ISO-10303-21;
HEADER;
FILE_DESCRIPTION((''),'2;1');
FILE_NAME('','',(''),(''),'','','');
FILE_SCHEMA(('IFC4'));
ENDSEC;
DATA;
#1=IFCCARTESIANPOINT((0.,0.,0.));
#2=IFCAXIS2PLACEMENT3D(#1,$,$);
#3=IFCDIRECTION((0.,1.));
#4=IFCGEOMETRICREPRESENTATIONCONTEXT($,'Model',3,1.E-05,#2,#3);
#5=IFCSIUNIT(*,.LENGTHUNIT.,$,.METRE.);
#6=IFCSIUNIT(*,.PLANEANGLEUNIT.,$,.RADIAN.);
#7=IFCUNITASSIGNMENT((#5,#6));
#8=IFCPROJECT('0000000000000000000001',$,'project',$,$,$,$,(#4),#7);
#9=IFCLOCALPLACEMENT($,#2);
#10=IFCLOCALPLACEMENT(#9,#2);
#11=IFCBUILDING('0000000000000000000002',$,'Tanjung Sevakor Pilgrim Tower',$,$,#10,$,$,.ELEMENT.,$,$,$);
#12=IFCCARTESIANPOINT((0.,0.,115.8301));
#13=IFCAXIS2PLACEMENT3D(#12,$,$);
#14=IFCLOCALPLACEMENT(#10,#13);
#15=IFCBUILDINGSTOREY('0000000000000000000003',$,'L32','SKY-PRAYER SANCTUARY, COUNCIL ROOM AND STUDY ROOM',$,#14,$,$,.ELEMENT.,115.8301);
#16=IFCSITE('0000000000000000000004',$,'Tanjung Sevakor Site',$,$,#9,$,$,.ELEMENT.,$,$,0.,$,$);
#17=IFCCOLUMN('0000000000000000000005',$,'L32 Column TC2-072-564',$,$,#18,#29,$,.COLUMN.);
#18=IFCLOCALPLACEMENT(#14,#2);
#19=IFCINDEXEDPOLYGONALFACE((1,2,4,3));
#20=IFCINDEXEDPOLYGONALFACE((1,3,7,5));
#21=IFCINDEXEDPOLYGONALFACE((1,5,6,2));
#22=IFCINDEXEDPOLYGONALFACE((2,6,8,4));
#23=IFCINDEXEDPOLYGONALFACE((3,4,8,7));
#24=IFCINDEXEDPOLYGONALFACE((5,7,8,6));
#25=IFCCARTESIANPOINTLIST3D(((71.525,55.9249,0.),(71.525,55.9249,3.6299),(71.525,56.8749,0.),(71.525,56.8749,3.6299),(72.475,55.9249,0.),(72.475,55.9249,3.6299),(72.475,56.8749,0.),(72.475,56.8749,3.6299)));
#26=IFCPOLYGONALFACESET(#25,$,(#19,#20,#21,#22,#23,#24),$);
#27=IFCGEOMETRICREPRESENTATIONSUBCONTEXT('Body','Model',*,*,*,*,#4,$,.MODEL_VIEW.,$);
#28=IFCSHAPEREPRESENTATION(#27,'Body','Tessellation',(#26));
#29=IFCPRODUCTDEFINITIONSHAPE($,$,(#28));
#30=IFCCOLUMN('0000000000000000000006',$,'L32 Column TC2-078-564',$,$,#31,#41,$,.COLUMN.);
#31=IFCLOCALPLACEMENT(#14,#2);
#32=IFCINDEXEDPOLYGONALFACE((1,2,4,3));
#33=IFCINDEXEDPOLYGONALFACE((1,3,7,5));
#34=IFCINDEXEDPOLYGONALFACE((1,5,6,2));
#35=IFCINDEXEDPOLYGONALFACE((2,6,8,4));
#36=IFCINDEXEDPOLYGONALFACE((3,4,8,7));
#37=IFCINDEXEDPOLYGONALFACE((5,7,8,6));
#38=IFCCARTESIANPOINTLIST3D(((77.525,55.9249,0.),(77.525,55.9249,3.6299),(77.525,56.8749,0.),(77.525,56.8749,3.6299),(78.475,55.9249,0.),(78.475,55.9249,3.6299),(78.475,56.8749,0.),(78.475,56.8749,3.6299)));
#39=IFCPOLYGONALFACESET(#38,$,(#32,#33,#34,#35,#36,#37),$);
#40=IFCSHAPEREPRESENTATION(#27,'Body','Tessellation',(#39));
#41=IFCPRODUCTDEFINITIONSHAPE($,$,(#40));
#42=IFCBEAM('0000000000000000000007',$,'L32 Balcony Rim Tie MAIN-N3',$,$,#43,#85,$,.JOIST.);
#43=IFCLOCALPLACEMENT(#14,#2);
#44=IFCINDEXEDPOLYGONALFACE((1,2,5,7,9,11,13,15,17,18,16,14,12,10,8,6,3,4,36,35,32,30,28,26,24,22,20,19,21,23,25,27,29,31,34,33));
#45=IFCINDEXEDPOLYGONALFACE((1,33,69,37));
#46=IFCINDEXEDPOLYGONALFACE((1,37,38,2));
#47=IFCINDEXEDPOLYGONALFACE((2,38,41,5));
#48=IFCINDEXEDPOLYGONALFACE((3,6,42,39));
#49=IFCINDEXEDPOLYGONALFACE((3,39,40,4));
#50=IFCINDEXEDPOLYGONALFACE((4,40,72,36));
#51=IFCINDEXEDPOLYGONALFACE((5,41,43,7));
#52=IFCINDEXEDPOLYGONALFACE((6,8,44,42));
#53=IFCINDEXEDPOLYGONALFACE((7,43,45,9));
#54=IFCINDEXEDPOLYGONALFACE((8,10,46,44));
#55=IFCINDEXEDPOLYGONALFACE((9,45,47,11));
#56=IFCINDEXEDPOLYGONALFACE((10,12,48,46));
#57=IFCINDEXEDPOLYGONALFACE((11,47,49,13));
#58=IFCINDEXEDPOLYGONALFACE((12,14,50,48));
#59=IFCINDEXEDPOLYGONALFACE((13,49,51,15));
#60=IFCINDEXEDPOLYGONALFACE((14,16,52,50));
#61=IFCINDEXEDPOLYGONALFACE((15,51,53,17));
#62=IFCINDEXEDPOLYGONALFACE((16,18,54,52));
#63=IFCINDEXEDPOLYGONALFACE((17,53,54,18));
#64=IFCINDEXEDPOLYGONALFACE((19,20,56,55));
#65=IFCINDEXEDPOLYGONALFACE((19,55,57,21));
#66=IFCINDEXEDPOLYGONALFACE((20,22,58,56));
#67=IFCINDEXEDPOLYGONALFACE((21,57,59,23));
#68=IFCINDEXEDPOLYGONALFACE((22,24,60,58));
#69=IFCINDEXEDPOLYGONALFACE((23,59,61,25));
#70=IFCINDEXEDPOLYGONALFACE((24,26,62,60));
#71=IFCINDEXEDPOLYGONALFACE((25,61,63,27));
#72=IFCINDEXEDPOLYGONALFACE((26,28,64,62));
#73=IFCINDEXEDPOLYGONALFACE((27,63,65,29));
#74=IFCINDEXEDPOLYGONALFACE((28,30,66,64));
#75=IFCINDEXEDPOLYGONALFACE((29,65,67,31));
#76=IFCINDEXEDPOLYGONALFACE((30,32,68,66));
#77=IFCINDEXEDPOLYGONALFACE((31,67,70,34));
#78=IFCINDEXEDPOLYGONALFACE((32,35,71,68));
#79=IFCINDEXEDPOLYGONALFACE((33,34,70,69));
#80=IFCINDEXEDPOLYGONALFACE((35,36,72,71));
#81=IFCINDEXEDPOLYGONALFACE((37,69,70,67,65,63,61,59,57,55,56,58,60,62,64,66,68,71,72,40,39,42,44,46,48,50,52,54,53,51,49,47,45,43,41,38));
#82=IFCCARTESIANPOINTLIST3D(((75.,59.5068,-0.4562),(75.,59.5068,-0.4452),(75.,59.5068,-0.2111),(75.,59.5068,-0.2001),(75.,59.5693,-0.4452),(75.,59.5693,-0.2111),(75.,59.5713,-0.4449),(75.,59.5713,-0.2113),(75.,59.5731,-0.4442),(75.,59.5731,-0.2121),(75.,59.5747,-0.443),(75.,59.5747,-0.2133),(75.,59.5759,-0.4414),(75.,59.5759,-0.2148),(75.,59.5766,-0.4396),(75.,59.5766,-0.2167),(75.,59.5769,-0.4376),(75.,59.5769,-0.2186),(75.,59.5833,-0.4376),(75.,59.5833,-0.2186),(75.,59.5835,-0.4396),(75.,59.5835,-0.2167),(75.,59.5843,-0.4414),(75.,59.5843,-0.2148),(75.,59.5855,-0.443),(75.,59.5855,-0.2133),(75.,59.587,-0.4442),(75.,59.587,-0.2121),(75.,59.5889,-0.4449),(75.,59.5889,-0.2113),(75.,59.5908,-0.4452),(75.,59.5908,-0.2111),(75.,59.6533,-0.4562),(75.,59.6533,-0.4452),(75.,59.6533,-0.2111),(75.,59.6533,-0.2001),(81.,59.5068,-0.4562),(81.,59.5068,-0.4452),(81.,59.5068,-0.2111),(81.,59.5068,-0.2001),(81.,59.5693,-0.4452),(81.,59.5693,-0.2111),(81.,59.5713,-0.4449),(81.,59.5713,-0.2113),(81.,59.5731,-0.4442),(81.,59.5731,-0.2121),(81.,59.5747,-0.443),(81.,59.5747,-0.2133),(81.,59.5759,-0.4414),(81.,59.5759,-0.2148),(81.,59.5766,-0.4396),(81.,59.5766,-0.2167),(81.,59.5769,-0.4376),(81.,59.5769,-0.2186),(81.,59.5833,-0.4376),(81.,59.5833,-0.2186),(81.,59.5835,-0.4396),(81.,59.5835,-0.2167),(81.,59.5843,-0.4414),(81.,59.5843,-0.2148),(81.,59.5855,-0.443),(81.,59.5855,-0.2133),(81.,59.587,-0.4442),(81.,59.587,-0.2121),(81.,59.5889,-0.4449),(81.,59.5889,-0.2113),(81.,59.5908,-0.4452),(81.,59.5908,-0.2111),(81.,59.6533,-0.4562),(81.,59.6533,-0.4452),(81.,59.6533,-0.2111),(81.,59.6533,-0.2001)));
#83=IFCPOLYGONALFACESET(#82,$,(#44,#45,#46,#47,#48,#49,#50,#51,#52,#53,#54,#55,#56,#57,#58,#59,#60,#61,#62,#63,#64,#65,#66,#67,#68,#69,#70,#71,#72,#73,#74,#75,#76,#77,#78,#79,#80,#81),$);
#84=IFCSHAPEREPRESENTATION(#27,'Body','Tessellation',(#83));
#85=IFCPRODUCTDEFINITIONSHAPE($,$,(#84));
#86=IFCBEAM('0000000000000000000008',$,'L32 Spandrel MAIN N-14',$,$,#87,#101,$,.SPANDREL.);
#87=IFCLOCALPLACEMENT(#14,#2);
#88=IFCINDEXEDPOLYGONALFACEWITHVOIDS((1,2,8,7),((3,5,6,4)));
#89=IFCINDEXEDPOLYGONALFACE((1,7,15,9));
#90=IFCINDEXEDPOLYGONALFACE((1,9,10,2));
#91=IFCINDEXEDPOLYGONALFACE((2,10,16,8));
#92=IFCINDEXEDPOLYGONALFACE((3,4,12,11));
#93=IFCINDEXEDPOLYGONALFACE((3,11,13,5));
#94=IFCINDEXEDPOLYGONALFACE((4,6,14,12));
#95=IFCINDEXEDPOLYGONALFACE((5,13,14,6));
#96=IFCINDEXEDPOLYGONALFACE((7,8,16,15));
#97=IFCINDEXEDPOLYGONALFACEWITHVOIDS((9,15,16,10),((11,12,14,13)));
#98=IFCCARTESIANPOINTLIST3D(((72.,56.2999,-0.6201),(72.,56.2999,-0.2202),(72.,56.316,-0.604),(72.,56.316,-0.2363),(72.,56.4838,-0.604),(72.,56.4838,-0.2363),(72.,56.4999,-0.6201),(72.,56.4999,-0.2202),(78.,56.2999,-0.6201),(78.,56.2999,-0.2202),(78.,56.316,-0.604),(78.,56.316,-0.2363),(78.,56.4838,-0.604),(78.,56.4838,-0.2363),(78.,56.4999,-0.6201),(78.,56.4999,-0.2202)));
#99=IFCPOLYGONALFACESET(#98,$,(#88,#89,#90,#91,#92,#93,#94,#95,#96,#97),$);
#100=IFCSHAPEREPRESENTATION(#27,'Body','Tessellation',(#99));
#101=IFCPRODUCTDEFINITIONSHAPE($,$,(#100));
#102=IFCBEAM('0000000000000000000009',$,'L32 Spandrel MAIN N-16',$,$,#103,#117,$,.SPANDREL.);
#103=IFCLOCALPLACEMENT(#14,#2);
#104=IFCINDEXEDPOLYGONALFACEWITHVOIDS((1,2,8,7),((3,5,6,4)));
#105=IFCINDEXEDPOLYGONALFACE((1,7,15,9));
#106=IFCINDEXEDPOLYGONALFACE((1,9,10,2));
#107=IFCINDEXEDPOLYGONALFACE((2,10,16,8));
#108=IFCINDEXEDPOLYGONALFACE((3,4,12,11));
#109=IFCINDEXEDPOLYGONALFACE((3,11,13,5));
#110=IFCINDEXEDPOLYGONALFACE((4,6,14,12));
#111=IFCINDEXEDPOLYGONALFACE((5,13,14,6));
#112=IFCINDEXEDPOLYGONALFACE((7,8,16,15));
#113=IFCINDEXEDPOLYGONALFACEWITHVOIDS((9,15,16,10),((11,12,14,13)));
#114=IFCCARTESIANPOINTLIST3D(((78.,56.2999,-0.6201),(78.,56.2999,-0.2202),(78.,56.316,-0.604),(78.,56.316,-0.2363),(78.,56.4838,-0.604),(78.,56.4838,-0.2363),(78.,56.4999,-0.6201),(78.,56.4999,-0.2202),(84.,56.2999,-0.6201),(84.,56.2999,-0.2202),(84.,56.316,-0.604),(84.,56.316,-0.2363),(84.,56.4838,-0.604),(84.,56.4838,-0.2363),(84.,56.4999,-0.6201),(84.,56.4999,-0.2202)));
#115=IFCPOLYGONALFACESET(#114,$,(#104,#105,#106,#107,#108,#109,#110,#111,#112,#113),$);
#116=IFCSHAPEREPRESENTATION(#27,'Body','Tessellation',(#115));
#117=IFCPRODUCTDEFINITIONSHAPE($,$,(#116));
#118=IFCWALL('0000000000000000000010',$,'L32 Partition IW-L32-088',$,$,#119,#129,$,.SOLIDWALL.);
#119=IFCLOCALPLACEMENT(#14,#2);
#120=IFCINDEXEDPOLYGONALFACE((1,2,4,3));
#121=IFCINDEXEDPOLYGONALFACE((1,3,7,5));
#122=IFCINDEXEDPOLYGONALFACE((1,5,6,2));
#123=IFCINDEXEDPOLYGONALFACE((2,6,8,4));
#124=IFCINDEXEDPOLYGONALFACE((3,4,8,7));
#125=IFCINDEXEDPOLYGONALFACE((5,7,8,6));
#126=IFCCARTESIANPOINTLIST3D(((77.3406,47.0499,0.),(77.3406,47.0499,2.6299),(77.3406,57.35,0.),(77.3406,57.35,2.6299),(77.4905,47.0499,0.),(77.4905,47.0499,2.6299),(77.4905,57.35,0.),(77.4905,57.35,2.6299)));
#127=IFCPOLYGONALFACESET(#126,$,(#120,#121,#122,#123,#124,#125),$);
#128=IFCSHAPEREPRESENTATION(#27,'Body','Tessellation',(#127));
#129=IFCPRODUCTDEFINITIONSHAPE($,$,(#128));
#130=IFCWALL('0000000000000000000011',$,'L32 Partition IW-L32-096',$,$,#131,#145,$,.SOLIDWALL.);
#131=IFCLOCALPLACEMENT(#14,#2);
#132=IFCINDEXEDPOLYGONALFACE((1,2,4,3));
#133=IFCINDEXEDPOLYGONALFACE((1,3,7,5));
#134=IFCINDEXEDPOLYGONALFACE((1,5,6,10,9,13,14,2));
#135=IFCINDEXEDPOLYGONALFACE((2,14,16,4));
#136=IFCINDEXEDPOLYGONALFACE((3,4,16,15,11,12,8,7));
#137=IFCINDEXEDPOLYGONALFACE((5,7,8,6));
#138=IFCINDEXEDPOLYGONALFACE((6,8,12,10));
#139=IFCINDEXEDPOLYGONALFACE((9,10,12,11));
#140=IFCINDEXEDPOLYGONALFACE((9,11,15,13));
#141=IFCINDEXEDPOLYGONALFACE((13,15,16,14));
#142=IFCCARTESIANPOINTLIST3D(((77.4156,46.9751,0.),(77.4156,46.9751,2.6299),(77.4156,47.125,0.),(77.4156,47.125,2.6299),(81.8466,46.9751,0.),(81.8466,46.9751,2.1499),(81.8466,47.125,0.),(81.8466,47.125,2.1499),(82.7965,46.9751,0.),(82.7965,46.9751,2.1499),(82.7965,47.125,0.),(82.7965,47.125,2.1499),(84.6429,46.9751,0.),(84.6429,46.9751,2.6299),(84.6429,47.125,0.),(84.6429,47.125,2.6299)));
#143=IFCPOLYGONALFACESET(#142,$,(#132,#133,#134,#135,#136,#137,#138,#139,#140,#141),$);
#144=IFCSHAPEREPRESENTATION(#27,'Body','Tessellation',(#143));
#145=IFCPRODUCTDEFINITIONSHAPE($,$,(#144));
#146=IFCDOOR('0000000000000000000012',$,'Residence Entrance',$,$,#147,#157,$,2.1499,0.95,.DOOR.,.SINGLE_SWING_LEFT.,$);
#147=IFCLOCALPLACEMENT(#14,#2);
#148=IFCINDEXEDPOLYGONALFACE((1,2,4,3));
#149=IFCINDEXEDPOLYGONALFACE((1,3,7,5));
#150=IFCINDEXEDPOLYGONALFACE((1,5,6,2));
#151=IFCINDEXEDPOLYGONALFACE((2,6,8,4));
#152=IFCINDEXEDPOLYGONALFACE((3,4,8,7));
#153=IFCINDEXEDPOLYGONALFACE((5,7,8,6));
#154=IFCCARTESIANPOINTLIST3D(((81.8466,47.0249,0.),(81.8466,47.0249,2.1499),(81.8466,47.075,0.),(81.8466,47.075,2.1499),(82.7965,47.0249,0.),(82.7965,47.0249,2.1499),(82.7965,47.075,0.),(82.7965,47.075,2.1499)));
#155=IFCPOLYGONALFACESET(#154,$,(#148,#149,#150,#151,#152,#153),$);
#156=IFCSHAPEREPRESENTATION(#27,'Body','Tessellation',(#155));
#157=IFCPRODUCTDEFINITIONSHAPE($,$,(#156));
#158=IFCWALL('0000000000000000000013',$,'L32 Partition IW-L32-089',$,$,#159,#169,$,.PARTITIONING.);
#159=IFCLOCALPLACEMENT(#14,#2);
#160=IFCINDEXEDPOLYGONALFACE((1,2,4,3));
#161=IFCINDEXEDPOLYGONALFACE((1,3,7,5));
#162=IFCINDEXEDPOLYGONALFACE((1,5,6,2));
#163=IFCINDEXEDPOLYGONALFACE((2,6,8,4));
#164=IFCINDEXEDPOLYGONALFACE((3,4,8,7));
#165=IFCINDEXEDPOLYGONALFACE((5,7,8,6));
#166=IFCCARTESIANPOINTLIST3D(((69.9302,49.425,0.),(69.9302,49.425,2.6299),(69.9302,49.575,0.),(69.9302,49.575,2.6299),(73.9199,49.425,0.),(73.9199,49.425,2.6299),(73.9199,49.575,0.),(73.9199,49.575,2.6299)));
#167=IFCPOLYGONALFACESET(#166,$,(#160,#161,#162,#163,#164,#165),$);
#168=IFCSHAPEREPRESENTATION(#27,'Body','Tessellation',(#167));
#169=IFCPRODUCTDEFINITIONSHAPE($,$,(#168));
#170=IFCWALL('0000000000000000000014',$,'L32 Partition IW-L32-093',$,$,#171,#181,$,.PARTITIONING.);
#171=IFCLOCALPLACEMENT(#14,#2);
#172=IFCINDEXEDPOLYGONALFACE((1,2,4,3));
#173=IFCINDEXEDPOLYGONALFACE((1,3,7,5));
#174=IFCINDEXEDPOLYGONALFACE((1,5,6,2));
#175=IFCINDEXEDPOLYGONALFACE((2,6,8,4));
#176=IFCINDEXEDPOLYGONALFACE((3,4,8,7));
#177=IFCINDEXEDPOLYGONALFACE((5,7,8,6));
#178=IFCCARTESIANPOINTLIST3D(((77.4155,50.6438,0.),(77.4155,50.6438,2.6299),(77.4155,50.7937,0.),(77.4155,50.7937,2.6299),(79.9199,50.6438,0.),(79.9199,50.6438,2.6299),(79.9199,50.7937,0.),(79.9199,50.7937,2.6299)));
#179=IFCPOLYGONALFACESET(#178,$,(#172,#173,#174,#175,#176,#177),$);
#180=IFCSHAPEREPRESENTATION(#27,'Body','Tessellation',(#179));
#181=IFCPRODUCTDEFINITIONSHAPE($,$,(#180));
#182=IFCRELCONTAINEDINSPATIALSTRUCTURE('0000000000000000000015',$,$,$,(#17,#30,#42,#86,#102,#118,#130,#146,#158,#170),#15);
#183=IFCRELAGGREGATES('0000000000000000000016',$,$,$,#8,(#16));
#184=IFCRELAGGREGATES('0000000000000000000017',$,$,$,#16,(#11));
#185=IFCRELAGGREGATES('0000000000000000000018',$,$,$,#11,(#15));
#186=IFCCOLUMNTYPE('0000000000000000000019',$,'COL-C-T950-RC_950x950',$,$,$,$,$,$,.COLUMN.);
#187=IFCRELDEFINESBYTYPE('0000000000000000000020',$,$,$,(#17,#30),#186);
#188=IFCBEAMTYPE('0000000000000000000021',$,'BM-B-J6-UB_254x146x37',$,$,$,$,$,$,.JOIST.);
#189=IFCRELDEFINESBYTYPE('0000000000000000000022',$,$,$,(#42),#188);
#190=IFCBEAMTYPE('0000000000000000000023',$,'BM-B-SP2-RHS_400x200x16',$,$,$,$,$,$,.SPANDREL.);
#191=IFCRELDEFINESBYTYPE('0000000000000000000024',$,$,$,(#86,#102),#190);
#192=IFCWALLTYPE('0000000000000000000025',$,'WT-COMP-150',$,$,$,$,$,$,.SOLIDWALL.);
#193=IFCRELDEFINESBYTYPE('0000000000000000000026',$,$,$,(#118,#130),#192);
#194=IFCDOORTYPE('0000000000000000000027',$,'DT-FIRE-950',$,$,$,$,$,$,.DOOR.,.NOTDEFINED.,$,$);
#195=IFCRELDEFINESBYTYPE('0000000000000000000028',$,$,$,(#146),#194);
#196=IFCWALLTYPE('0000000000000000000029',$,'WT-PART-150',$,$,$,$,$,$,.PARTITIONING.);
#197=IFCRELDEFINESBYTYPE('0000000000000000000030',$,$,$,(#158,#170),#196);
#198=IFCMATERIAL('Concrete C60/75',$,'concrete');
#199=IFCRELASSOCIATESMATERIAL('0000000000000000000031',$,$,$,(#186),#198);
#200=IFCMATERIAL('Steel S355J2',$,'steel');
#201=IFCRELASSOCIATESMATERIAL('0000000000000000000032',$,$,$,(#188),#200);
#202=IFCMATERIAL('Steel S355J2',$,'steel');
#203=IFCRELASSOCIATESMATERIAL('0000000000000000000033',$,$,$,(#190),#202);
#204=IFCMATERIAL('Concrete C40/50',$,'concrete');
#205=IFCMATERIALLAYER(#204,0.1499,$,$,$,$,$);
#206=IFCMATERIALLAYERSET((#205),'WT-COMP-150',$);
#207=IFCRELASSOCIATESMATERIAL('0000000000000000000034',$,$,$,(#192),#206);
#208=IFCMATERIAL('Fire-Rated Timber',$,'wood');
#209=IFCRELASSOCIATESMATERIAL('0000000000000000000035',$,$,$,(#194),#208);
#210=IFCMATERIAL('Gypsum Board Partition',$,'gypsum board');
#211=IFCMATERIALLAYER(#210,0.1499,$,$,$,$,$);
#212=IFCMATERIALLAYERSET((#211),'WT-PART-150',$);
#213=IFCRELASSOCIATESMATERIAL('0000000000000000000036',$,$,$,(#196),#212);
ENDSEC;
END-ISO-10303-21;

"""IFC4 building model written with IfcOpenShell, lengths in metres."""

from ifc_helpers import new_model, si_unit, direction, frame, frame_2d, origin, origin_2d, place, context, subcontext, project, spatial, rectangle, hollow_rectangle, i_section, extrude, material, layer, layer_set, material_profile, profile_set, type_object, element, fill, save


model = new_model("IFC4")

# Units and contexts
model_context = context("Model", 3, precision=1e-05, world=origin(), true_north=direction((0.0, 1.0)))
body_context = subcontext(model_context, "Body", "Model", "MODEL_VIEW")
ifc_project = project(units=[si_unit("LENGTHUNIT", "METRE"), si_unit("PLANEANGLEUNIT", "RADIAN")], contexts=[model_context])

# Site, building, storey
site_placement = place(None, origin())
site = spatial("IfcSite", under=ifc_project, at=site_placement, Name="Tanjung Sevakor Site", CompositionType="ELEMENT", RefElevation=0.0)
building_placement = place(site_placement, origin())
building = spatial("IfcBuilding", under=site, at=building_placement, Name="Tanjung Sevakor Pilgrim Tower", CompositionType="ELEMENT")
storey_placement = place(building_placement, frame((0.0, 0.0, 115.8301)))
storey = spatial("IfcBuildingStorey", under=building, at=storey_placement, Name="L32", Description="SKY-PRAYER SANCTUARY, COUNCIL ROOM AND STUDY ROOM", CompositionType="ELEMENT", Elevation=115.8301)

# Columns
ifc_material_1 = material(Name="Concrete C60/75", Category="concrete")
ifc_material_profile_1 = material_profile(ifc_material_1, rectangle(XDim=0.95, YDim=0.95, at=origin_2d()))
ifc_profile_set_1 = profile_set([ifc_material_profile_1], Name="Concrete C60/75")
column_type = type_object("IfcColumnType", Name="COL-C-T950-RC_950x950", PredefinedType="COLUMN", material=ifc_profile_set_1)
for number, where, z_axis, x_axis, name in (
    (1, (72.0, 56.3999, 0.0), (0.0, 0.0, 1.0), (1.0, 0.0, 0.0), "L32 Column TC2-072-564"),
    (2, (78.0, 56.3999, 0.0), (0.0, 0.0, 1.0), (1.0, 0.0, 0.0), "L32 Column TC2-078-564"),
):
    element("IfcColumn", number, at=place(storey_placement, frame(where, z_axis=z_axis, x_axis=x_axis)), inside=storey, type_object=column_type, Name=name, PredefinedType="COLUMN", context=body_context, shape_type="SweptSolid", body=[
        extrude(rectangle(XDim=0.95, YDim=0.95, at=origin_2d()), origin(), (0.0, 0.0, 1.0), 3.6299),
    ])

# Beams
ifc_material_2 = material(Name="Steel S355J2", Category="steel")
ifc_material_profile_2 = material_profile(ifc_material_2, i_section(OverallWidth=0.1465, OverallDepth=0.2561, WebThickness=0.0063, FlangeThickness=0.011, FilletRadius=0.0076, at=origin_2d()))
ifc_profile_set_2 = profile_set([ifc_material_profile_2], Name="Steel S355J2")
beam_type_1 = type_object("IfcBeamType", Name="BM-B-J6-UB_254x146x37", PredefinedType="JOIST", material=ifc_profile_set_2)
beam_placement = place(storey_placement, frame((75.0, 59.5801, -0.3281), z_axis=(1.0, 0.0, 0.0), x_axis=(0.0, 1.0, 0.0)))
element("IfcBeam", 3, at=beam_placement, inside=storey, type_object=beam_type_1, Name="L32 Balcony Rim Tie MAIN-N3", PredefinedType="JOIST", context=body_context, shape_type="SweptSolid", body=[
    extrude(i_section(OverallWidth=0.1465, OverallDepth=0.2561, WebThickness=0.0063, FlangeThickness=0.011, FilletRadius=0.0076, at=origin_2d()), origin(), (0.0, 0.0, 1.0), 6.0),
])
ifc_material_3 = material(Name="Steel S355J2", Category="steel")
ifc_material_profile_3 = material_profile(ifc_material_3, hollow_rectangle(XDim=0.2, YDim=0.3999, WallThickness=0.0161, at=origin_2d()))
ifc_profile_set_3 = profile_set([ifc_material_profile_3], Name="Steel S355J2")
beam_type_2 = type_object("IfcBeamType", Name="BM-B-SP2-RHS_400x200x16", PredefinedType="SPANDREL", material=ifc_profile_set_3)
for number, where, z_axis, x_axis, name in (
    (4, (72.0, 56.3999, -0.4202), (1.0, 0.0, 0.0), (0.0, 1.0, 0.0), "L32 Spandrel MAIN N-14"),
    (5, (78.0, 56.3999, -0.4202), (1.0, 0.0, 0.0), (0.0, 1.0, 0.0), "L32 Spandrel MAIN N-16"),
):
    element("IfcBeam", number, at=place(storey_placement, frame(where, z_axis=z_axis, x_axis=x_axis)), inside=storey, type_object=beam_type_2, Name=name, PredefinedType="SPANDREL", context=body_context, shape_type="SweptSolid", body=[
        extrude(hollow_rectangle(XDim=0.2, YDim=0.3999, WallThickness=0.0161, at=origin_2d()), origin(), (0.0, 0.0, 1.0), 6.0),
    ])

# Wall
ifc_material_4 = material(Name="Concrete C40/50", Category="concrete")
ifc_layer_1 = layer(ifc_material_4, 0.1499)
ifc_layer_set_1 = layer_set([ifc_layer_1], Name="WT-COMP-150")
wall_type_1 = type_object("IfcWallType", Name="WT-COMP-150", PredefinedType="SOLIDWALL", material=ifc_layer_set_1)
wall_1_placement = place(storey_placement, frame((77.4155, 47.05, 0.0), z_axis=(0.0, 0.0, 1.0), x_axis=(0.0, 1.0, 0.0)))
element("IfcWall", 6, at=wall_1_placement, inside=storey, type_object=wall_type_1, Name="L32 Partition IW-L32-088", PredefinedType="SOLIDWALL", context=body_context, shape_type="SweptSolid", body=[
    extrude(rectangle(XDim=10.3, YDim=0.1499, at=frame_2d((5.1499, 0.0))), origin(), (0.0, 0.0, 1.0), 2.6299),
])

# Wall, opening, door
wall_2_placement = place(storey_placement, frame((77.4155, 47.05, 0.0), z_axis=(0.0, 0.0, 1.0), x_axis=(1.0, 0.0, 0.0)))
wall_2 = element("IfcWall", 7, at=wall_2_placement, inside=storey, type_object=wall_type_1, Name="L32 Partition IW-L32-096", PredefinedType="SOLIDWALL", context=body_context, shape_type="SweptSolid", body=[
    extrude(rectangle(XDim=7.2273, YDim=0.1499, at=frame_2d((3.6138, 0.0))), origin(), (0.0, 0.0, 1.0), 2.6299),
])
opening_1_placement = place(wall_2_placement, frame((4.4309, 0.0, 0.0)))
opening_1 = element("IfcOpeningElement", 8, at=opening_1_placement, cuts=wall_2, PredefinedType="OPENING", context=body_context, shape_type="SweptSolid", body=[
    extrude(rectangle(XDim=0.95, YDim=2.1499, at=frame_2d((0.4751, 1.075))), frame((0.0, 0.085, 0.0), z_axis=(0.0, -1.0, 0.0), x_axis=(1.0, 0.0, 0.0)), (0.0, 0.0, 1.0), 0.1699),
])
ifc_material_5 = material(Name="Fire-Rated Timber", Category="wood")
door_type_1 = type_object("IfcDoorType", Name="DT-FIRE-950", OperationType="NOTDEFINED", PredefinedType="DOOR", material=ifc_material_5)
door_1_placement = place(opening_1_placement, origin())
door_1 = element("IfcDoor", 9, at=door_1_placement, inside=storey, type_object=door_type_1, Name="Residence Entrance", OperationType="SINGLE_SWING_LEFT", OverallHeight=2.1499, OverallWidth=0.95, PredefinedType="DOOR", context=body_context, shape_type="SweptSolid", body=[
    extrude(rectangle(XDim=0.95, YDim=2.1499, at=frame_2d((0.4751, 1.075))), frame((0.0, 0.0249, 0.0), z_axis=(0.0, -1.0, 0.0), x_axis=(1.0, 0.0, 0.0)), (0.0, 0.0, 1.0), 0.05),
])
fill(opening_1, door_1)

# Walls
ifc_material_6 = material(Name="Gypsum Board Partition", Category="gypsum board")
ifc_layer_2 = layer(ifc_material_6, 0.1499)
ifc_layer_set_2 = layer_set([ifc_layer_2], Name="WT-PART-150")
wall_type_2 = type_object("IfcWallType", Name="WT-PART-150", PredefinedType="PARTITIONING", material=ifc_layer_set_2)
wall_3_placement = place(storey_placement, frame((69.9302, 49.5, 0.0), z_axis=(0.0, 0.0, 1.0), x_axis=(1.0, 0.0, 0.0)))
element("IfcWall", 10, at=wall_3_placement, inside=storey, type_object=wall_type_2, Name="L32 Partition IW-L32-089", PredefinedType="PARTITIONING", context=body_context, shape_type="SweptSolid", body=[
    extrude(rectangle(XDim=3.9897, YDim=0.1499, at=frame_2d((1.9949, 0.0))), origin(), (0.0, 0.0, 1.0), 2.6299),
])
wall_4_placement = place(storey_placement, frame((77.4155, 50.7188, 0.0), z_axis=(0.0, 0.0, 1.0), x_axis=(1.0, 0.0, 0.0)))
element("IfcWall", 11, at=wall_4_placement, inside=storey, type_object=wall_type_2, Name="L32 Partition IW-L32-093", PredefinedType="PARTITIONING", context=body_context, shape_type="SweptSolid", body=[
    extrude(rectangle(XDim=2.5044, YDim=0.1499, at=frame_2d((1.2522, 0.0))), origin(), (0.0, 0.0, 1.0), 2.6299),
])

save(model, "model.ifc")
